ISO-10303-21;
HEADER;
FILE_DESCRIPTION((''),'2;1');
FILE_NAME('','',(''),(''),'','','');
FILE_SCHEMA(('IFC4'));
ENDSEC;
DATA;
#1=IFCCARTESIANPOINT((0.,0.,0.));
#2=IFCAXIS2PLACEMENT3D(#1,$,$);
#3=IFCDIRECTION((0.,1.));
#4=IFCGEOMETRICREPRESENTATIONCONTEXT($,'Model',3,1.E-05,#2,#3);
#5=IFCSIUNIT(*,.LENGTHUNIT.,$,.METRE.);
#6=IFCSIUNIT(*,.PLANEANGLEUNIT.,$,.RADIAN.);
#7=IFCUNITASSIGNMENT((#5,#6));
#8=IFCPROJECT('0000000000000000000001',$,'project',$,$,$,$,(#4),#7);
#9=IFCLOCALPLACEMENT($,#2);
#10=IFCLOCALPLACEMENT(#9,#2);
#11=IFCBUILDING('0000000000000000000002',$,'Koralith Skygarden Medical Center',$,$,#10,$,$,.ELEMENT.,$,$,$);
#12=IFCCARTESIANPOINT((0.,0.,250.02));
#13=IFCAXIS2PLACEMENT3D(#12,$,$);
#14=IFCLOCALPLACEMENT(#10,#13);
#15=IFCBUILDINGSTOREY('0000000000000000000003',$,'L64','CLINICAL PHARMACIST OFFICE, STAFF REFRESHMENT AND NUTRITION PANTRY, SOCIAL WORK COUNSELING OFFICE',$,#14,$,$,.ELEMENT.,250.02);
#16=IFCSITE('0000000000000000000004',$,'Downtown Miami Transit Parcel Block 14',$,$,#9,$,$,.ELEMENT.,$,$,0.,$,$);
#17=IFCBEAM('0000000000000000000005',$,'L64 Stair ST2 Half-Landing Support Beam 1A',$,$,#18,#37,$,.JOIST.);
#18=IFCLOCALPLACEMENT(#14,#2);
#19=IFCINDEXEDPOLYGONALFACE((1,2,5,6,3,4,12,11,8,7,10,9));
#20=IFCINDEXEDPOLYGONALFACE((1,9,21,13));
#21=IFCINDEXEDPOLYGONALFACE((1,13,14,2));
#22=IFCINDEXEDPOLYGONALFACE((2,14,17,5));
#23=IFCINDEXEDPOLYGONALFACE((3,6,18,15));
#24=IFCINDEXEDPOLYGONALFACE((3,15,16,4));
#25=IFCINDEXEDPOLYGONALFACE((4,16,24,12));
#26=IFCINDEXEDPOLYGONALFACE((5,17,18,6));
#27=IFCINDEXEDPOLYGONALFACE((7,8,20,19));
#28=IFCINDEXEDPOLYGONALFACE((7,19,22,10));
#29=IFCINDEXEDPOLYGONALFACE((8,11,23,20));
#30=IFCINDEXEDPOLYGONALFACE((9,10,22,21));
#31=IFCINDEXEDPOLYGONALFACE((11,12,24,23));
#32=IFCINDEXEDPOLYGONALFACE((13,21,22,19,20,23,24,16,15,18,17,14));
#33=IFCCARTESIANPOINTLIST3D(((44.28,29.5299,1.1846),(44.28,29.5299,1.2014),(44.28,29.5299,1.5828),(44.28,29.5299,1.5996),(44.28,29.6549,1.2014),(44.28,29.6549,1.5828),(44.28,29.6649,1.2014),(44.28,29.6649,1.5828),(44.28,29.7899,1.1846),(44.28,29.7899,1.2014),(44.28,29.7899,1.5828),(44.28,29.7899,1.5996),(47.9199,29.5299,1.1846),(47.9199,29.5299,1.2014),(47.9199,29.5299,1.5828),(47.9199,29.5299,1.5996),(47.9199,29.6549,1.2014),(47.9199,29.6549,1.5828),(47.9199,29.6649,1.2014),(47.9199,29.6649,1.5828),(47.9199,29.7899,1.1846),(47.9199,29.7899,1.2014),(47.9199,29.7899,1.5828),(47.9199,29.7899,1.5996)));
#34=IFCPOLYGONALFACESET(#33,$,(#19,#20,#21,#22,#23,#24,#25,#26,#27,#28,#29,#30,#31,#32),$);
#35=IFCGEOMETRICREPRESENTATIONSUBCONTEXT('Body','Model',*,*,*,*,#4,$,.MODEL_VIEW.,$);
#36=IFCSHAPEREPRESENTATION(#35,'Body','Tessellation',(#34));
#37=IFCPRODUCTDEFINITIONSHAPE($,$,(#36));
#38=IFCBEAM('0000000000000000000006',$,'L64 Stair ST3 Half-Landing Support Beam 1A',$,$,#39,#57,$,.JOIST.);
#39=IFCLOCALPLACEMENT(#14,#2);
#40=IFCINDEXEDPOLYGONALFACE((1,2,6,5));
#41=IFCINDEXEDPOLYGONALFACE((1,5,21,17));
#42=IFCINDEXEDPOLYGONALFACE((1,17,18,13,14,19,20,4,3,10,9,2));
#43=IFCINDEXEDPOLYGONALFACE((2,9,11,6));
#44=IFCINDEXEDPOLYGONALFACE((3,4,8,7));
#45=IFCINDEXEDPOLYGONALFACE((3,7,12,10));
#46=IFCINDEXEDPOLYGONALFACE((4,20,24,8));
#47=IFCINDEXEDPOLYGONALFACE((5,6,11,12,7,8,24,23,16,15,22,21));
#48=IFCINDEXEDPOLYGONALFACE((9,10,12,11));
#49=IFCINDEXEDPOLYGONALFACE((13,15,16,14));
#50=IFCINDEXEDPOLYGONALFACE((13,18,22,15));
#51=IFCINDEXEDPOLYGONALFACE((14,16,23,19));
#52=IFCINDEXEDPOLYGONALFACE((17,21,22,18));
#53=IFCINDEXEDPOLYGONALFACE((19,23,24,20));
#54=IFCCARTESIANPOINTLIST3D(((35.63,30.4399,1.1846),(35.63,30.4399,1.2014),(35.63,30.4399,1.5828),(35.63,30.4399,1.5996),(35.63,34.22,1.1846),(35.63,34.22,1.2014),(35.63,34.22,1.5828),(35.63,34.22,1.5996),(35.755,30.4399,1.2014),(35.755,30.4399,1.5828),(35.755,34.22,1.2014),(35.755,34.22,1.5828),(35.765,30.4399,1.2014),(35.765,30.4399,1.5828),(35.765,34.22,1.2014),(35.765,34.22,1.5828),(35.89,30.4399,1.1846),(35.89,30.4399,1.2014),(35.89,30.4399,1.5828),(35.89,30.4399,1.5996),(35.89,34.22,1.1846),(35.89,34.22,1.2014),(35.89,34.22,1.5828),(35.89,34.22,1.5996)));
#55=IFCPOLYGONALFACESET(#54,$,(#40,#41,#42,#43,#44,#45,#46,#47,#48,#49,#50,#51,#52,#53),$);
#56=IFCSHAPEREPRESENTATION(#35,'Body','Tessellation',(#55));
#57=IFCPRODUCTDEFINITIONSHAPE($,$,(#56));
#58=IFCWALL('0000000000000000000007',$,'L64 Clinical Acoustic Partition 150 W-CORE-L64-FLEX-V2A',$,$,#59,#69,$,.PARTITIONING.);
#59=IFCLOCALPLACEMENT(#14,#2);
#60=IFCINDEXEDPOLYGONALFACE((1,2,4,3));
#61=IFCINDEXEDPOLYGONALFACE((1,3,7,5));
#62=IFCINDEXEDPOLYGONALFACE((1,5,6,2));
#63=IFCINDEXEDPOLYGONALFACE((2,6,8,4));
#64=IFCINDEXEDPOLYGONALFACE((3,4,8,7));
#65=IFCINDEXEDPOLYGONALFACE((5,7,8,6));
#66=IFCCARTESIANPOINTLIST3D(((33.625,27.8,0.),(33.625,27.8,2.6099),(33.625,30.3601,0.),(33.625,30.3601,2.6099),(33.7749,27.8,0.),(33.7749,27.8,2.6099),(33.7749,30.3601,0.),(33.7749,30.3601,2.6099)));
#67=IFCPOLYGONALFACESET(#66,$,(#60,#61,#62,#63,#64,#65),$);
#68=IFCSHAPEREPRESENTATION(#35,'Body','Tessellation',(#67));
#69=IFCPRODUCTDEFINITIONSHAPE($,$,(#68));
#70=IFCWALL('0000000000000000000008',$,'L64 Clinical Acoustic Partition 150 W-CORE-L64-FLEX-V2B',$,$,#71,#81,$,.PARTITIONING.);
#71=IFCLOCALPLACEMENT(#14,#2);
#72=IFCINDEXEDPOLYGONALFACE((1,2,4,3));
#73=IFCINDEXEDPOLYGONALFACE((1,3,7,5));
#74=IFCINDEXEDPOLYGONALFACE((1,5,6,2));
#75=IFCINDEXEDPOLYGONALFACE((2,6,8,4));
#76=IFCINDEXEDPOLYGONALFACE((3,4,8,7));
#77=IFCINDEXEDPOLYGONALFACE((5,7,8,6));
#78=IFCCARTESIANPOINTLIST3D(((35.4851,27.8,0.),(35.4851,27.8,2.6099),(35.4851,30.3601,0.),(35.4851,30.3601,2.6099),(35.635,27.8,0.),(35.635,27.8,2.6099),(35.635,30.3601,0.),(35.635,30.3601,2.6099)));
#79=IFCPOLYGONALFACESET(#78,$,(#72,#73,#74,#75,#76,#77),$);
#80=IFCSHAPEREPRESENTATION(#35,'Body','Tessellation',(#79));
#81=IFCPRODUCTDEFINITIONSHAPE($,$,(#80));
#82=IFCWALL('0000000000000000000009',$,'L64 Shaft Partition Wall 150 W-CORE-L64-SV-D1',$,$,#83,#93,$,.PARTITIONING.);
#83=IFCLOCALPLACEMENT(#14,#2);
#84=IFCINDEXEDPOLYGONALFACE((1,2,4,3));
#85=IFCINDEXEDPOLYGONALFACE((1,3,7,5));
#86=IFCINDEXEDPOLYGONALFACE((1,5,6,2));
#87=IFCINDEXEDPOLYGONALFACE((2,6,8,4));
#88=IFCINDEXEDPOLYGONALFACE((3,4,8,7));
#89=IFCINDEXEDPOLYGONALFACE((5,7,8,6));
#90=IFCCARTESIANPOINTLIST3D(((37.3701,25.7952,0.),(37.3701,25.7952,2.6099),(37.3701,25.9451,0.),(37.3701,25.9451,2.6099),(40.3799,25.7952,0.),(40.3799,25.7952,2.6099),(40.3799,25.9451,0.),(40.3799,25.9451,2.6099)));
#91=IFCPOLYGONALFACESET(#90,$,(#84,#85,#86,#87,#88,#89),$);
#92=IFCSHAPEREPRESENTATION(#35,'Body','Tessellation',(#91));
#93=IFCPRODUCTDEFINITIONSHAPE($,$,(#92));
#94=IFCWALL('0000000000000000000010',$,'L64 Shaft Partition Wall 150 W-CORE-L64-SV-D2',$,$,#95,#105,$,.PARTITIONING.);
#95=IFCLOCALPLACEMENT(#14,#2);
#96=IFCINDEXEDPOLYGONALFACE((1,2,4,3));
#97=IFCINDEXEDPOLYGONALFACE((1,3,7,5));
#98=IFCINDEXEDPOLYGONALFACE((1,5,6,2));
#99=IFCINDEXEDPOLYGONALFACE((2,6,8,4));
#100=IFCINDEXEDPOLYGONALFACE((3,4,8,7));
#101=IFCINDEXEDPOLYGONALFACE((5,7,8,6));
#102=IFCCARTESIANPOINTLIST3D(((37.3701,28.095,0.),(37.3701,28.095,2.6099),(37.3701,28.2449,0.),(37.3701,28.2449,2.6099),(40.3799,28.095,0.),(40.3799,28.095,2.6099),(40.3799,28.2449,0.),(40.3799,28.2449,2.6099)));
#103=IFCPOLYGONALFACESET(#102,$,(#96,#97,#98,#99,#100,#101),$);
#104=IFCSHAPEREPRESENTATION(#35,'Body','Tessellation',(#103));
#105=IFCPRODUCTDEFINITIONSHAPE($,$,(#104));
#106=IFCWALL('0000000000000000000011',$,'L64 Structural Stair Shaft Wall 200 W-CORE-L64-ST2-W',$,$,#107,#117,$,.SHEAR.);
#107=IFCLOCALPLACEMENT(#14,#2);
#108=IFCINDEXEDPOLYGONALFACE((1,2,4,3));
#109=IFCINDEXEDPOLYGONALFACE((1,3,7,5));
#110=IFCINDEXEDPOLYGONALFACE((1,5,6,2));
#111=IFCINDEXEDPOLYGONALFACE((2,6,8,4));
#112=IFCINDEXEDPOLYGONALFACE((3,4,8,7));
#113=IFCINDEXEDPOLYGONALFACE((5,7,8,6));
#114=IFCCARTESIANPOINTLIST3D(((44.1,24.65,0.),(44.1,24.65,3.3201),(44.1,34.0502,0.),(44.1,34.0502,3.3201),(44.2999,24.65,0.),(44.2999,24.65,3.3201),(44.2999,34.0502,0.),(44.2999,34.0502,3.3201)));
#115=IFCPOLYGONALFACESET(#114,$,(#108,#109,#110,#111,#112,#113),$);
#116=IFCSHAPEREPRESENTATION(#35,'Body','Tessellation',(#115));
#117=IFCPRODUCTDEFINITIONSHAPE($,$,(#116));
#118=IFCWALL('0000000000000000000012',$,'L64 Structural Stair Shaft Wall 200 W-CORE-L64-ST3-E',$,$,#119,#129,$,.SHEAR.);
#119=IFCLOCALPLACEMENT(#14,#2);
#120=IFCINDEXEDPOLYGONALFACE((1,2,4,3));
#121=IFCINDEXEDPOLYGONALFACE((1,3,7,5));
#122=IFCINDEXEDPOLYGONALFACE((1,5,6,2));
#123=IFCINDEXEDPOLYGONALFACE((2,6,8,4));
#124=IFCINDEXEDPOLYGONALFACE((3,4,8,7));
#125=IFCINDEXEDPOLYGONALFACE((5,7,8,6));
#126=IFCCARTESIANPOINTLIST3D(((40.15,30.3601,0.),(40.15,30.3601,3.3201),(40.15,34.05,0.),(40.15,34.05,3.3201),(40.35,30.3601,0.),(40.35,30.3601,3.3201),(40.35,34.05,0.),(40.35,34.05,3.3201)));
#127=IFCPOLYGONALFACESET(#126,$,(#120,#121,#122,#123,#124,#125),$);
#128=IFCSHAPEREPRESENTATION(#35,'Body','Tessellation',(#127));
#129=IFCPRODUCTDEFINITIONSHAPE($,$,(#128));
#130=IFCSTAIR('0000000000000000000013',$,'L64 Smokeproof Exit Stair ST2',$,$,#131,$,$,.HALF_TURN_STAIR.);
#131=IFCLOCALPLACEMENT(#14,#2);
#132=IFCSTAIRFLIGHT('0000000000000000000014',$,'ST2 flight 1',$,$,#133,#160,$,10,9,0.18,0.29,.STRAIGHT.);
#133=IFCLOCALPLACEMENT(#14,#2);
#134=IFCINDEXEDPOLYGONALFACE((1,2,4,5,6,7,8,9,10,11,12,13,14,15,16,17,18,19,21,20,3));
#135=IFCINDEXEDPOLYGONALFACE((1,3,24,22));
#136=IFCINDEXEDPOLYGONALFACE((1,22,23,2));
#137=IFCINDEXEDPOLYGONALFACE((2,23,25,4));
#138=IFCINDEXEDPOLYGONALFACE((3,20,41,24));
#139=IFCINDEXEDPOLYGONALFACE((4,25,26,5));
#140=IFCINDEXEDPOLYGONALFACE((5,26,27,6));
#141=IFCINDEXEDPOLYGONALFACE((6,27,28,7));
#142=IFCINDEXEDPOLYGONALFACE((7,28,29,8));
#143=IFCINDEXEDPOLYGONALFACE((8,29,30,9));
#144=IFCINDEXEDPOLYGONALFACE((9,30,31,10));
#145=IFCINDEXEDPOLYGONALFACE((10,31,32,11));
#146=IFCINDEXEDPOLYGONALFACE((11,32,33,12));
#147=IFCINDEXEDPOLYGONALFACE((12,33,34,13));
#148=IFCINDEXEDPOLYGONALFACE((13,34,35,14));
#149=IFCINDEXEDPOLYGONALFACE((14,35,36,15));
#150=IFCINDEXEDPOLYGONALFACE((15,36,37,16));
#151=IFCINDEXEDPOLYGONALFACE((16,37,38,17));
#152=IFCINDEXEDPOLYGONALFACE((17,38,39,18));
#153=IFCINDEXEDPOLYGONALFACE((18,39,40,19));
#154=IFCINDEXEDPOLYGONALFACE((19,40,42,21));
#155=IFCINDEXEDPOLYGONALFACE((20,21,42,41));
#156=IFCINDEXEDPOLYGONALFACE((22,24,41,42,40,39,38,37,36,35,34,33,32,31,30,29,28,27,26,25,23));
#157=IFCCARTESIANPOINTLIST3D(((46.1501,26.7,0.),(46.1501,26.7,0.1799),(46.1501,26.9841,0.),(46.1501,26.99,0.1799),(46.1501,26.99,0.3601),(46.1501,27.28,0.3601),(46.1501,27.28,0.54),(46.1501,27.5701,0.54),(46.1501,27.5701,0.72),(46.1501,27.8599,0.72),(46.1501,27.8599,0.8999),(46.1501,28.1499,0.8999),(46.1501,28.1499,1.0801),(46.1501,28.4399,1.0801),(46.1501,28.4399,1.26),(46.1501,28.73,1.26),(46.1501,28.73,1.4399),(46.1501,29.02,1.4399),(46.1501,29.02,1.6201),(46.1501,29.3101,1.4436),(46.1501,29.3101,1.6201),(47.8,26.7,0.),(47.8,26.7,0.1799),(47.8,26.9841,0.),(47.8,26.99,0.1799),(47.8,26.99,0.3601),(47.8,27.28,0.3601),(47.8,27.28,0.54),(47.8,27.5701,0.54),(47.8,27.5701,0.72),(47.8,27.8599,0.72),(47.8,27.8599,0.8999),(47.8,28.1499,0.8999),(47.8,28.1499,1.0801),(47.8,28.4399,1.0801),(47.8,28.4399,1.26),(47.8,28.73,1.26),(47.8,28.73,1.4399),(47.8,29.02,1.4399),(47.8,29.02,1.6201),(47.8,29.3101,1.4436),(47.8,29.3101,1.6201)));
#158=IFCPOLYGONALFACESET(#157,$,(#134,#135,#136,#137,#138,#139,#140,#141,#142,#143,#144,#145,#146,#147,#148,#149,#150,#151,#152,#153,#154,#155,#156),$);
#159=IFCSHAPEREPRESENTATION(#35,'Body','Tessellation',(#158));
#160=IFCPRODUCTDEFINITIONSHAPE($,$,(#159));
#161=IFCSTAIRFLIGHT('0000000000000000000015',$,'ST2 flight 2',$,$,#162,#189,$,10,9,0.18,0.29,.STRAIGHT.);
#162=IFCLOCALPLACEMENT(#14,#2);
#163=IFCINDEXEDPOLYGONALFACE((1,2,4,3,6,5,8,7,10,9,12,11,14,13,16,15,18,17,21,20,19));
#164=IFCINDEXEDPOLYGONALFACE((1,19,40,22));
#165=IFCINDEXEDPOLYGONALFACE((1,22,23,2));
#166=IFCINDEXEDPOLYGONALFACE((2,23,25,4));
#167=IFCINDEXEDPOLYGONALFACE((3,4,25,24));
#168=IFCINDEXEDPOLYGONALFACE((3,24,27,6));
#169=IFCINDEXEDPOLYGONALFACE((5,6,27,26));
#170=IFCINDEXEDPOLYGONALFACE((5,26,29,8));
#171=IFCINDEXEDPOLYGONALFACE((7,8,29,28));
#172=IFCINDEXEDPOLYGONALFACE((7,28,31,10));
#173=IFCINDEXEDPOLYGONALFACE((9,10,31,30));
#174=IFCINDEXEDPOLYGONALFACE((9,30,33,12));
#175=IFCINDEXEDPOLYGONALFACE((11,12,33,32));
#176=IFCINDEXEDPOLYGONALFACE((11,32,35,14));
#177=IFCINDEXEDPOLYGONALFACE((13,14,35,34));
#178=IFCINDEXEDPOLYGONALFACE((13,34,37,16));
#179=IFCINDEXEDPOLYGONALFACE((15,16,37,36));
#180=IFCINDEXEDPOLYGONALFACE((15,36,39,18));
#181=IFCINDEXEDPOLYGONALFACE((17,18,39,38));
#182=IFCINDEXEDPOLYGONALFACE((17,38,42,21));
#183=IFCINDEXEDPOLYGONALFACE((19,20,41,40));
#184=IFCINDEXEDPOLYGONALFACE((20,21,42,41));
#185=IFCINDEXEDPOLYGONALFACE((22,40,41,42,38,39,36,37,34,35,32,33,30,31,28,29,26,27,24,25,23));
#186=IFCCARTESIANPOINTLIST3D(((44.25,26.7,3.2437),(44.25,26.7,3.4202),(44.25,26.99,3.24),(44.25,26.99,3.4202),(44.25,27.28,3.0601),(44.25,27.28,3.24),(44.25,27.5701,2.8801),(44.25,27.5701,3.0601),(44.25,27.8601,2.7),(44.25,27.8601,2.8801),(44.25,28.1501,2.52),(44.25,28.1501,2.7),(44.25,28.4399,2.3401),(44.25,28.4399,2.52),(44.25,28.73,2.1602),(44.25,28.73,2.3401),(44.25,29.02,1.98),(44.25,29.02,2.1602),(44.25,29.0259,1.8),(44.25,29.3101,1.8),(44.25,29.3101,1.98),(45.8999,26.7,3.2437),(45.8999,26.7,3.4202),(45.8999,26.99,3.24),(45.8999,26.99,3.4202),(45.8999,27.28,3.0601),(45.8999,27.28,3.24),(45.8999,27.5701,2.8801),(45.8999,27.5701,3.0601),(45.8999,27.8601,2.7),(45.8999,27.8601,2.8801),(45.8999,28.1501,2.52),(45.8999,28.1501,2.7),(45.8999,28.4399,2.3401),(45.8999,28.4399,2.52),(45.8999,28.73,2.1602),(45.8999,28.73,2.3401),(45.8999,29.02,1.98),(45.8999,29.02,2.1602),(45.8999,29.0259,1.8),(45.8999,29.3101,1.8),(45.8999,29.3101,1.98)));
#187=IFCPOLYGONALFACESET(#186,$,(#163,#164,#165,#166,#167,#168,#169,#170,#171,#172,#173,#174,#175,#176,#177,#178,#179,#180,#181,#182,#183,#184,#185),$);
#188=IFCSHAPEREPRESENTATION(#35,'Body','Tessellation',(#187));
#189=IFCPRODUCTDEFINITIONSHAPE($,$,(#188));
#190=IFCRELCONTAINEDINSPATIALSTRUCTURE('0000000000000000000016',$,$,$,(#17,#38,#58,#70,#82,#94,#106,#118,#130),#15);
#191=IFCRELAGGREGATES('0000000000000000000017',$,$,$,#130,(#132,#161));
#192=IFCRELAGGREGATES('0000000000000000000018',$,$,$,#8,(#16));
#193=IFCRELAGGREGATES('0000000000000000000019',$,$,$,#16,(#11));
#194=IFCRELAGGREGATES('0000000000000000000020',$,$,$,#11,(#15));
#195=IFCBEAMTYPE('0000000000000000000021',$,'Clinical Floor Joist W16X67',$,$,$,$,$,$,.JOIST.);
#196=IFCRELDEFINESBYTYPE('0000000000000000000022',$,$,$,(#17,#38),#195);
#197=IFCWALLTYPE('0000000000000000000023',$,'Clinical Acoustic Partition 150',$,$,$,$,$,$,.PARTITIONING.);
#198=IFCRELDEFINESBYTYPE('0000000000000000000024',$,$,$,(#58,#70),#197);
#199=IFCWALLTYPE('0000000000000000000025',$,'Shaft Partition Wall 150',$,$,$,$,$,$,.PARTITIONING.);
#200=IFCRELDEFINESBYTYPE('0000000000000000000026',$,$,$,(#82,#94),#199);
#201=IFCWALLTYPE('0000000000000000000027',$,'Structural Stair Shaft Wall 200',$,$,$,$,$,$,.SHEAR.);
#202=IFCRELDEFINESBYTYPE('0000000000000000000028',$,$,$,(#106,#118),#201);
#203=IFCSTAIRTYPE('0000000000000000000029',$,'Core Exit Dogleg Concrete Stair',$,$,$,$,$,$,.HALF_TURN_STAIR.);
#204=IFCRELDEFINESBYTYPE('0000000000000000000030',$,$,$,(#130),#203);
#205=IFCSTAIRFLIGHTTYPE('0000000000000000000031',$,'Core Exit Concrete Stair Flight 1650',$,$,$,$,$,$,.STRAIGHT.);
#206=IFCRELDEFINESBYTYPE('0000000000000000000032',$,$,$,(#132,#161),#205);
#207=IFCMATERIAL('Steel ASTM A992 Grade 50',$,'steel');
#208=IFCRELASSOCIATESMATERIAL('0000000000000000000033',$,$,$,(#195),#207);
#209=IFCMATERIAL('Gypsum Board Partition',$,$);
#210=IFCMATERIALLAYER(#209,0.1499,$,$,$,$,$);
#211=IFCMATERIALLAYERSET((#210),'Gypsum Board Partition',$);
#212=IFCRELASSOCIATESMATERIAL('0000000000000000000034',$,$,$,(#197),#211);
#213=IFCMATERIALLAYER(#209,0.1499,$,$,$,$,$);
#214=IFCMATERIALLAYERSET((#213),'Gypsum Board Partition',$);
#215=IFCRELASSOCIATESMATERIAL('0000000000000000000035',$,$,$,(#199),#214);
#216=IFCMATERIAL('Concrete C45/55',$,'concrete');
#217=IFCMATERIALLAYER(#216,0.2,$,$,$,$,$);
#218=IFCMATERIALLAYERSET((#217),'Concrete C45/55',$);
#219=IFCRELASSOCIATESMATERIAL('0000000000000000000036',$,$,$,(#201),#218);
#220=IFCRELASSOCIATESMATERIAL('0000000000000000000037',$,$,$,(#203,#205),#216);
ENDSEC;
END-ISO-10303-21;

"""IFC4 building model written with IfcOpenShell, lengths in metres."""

from ifc_helpers import new_model, si_unit, direction, frame, frame_2d, origin, origin_2d, place, context, subcontext, project, spatial, polyline, rectangle, i_section, outline, extrude, material, layer, layer_set, material_profile, profile_set, type_object, element, aggregate, save


model = new_model("IFC4")

# Units and contexts
model_context = context("Model", 3, precision=1e-05, world=origin(), true_north=direction((0.0, 1.0)))
body_context = subcontext(model_context, "Body", "Model", "MODEL_VIEW")
ifc_project = project(units=[si_unit("LENGTHUNIT", "METRE"), si_unit("PLANEANGLEUNIT", "RADIAN")], contexts=[model_context])

# Site, building, storey
site_placement = place(None, origin())
site = spatial("IfcSite", under=ifc_project, at=site_placement, Name="Downtown Miami Transit Parcel Block 14", CompositionType="ELEMENT", RefElevation=0.0)
building_placement = place(site_placement, origin())
building = spatial("IfcBuilding", under=site, at=building_placement, Name="Koralith Skygarden Medical Center", CompositionType="ELEMENT")
storey_placement = place(building_placement, frame((0.0, 0.0, 250.02)))
storey = spatial("IfcBuildingStorey", under=building, at=storey_placement, Name="L64", Description="CLINICAL PHARMACIST OFFICE, STAFF REFRESHMENT AND NUTRITION PANTRY, SOCIAL WORK COUNSELING OFFICE", CompositionType="ELEMENT", Elevation=250.02)

# Beams
ifc_material_1 = material(Name="Steel ASTM A992 Grade 50", Category="steel")
ifc_material_profile = material_profile(ifc_material_1, i_section(OverallWidth=0.26, OverallDepth=0.415, WebThickness=0.01, FlangeThickness=0.0168, at=origin_2d()), Name="W16X67")
ifc_profile_set = profile_set([ifc_material_profile], Name="Steel ASTM A992 Grade 50")
beam_type = type_object("IfcBeamType", Name="Clinical Floor Joist W16X67", PredefinedType="JOIST", material=ifc_profile_set)
beam_1_placement = place(storey_placement, frame((44.28, 29.6599, 1.3921), z_axis=(1.0, 0.0, 0.0), x_axis=(0.0, 1.0, 0.0)))
element("IfcBeam", 1, at=beam_1_placement, inside=storey, type_object=beam_type, Name="L64 Stair ST2 Half-Landing Support Beam 1A", PredefinedType="JOIST", context=body_context, shape_type="SweptSolid", body=[
    extrude(i_section(OverallWidth=0.26, OverallDepth=0.415, WebThickness=0.01, FlangeThickness=0.0168, at=origin_2d()), origin(), (0.0, 0.0, 1.0), 3.6399),
])
beam_2_placement = place(storey_placement, frame((35.76, 30.4399, 1.3921), z_axis=(0.0, 1.0, 0.0), x_axis=(-1.0, 0.0, 0.0)))
element("IfcBeam", 2, at=beam_2_placement, inside=storey, type_object=beam_type, Name="L64 Stair ST3 Half-Landing Support Beam 1A", PredefinedType="JOIST", context=body_context, shape_type="SweptSolid", body=[
    extrude(i_section(OverallWidth=0.26, OverallDepth=0.415, WebThickness=0.01, FlangeThickness=0.0168, at=origin_2d()), origin(), (0.0, 0.0, 1.0), 3.78),
])

# Walls
ifc_material_2 = material(Name="Gypsum Board Partition")
ifc_layer_1 = layer(ifc_material_2, 0.1499)
ifc_layer_set_1 = layer_set([ifc_layer_1], Name="Gypsum Board Partition")
wall_type_1 = type_object("IfcWallType", Name="Clinical Acoustic Partition 150", PredefinedType="PARTITIONING", material=ifc_layer_set_1)
for number, where, z_axis, x_axis, name in (
    (3, (33.7, 27.8, 0.0), (0.0, 0.0, 1.0), (0.0, 1.0, 0.0), "L64 Clinical Acoustic Partition 150 W-CORE-L64-FLEX-V2A"),
    (4, (35.5601, 27.8, 0.0), (0.0, 0.0, 1.0), (0.0, 1.0, 0.0), "L64 Clinical Acoustic Partition 150 W-CORE-L64-FLEX-V2B"),
):
    element("IfcWall", number, at=place(storey_placement, frame(where, z_axis=z_axis, x_axis=x_axis)), inside=storey, type_object=wall_type_1, Name=name, PredefinedType="PARTITIONING", context=body_context, shape_type="SweptSolid", body=[
        extrude(rectangle(XDim=2.5601, YDim=0.1499, at=frame_2d((1.28, 0.0))), origin(), (0.0, 0.0, 1.0), 2.6099),
    ])
ifc_layer_2 = layer(ifc_material_2, 0.1499)
ifc_layer_set_2 = layer_set([ifc_layer_2], Name="Gypsum Board Partition")
wall_type_2 = type_object("IfcWallType", Name="Shaft Partition Wall 150", PredefinedType="PARTITIONING", material=ifc_layer_set_2)
for number, where, z_axis, x_axis, name in (
    (5, (37.3701, 25.8701, 0.0), (0.0, 0.0, 1.0), (1.0, 0.0, 0.0), "L64 Shaft Partition Wall 150 W-CORE-L64-SV-D1"),
    (6, (37.3701, 28.1699, 0.0), (0.0, 0.0, 1.0), (1.0, 0.0, 0.0), "L64 Shaft Partition Wall 150 W-CORE-L64-SV-D2"),
):
    element("IfcWall", number, at=place(storey_placement, frame(where, z_axis=z_axis, x_axis=x_axis)), inside=storey, type_object=wall_type_2, Name=name, PredefinedType="PARTITIONING", context=body_context, shape_type="SweptSolid", body=[
        extrude(rectangle(XDim=3.0098, YDim=0.1499, at=frame_2d((1.5049, 0.0))), origin(), (0.0, 0.0, 1.0), 2.6099),
    ])
ifc_material_3 = material(Name="Concrete C45/55", Category="concrete")
ifc_layer_3 = layer(ifc_material_3, 0.2)
ifc_layer_set_3 = layer_set([ifc_layer_3], Name="Concrete C45/55")
wall_type_3 = type_object("IfcWallType", Name="Structural Stair Shaft Wall 200", PredefinedType="SHEAR", material=ifc_layer_set_3)
wall_1_placement = place(storey_placement, frame((44.2, 24.6499, 0.0), z_axis=(0.0, 0.0, 1.0), x_axis=(0.0, 1.0, 0.0)))
element("IfcWall", 7, at=wall_1_placement, inside=storey, type_object=wall_type_3, Name="L64 Structural Stair Shaft Wall 200 W-CORE-L64-ST2-W", PredefinedType="SHEAR", context=body_context, shape_type="SweptSolid", body=[
    extrude(rectangle(XDim=9.4001, YDim=0.2, at=frame_2d((4.7002, 0.0))), origin(), (0.0, 0.0, 1.0), 3.3201),
])

# Wall
wall_2_placement = place(storey_placement, frame((40.25, 30.3601, 0.0), z_axis=(0.0, 0.0, 1.0), x_axis=(0.0, 1.0, 0.0)))
element("IfcWall", 8, at=wall_2_placement, inside=storey, type_object=wall_type_3, Name="L64 Structural Stair Shaft Wall 200 W-CORE-L64-ST3-E", PredefinedType="SHEAR", context=body_context, shape_type="SweptSolid", body=[
    extrude(rectangle(XDim=3.6899, YDim=0.2, at=frame_2d((1.845, 0.0))), origin(), (0.0, 0.0, 1.0), 3.3201),
])

# Stair, stair flights
stair_type = type_object("IfcStairType", Name="Core Exit Dogleg Concrete Stair", PredefinedType="HALF_TURN_STAIR", material=ifc_material_3)
stair_placement = place(storey_placement, origin())
stair = element("IfcStair", 9, at=stair_placement, inside=storey, type_object=stair_type, Name="L64 Smokeproof Exit Stair ST2", PredefinedType="HALF_TURN_STAIR")
stair_flight_type = type_object("IfcStairFlightType", Name="Core Exit Concrete Stair Flight 1650", PredefinedType="STRAIGHT", material=ifc_material_3)
stair_flight_1_placement = place(storey_placement, frame((46.9751, 26.7, 0.0), z_axis=(0.0, 0.0, 1.0), x_axis=(0.0, 1.0, 0.0)))
stair_flight_1 = element("IfcStairFlight", 10, at=stair_flight_1_placement, type_object=stair_flight_type, Name="ST2 flight 1", NumberOfRisers=10, NumberOfTreads=9, PredefinedType="STRAIGHT", RiserHeight=0.18, TreadLength=0.29, context=body_context, shape_type="SweptSolid", body=[
    extrude(outline(polyline([(0.0, 0.0), (0.0, 0.1799), (0.29, 0.1799), (0.29, 0.3601), (0.5801, 0.3601), (0.5801, 0.54), (0.8701, 0.54), (0.8701, 0.72), (1.1599, 0.72), (1.1599, 0.8999), (1.45, 0.8999), (1.45, 1.0801), (1.74, 1.0801), (1.74, 1.26), (2.03, 1.26), (2.03, 1.4399), (2.3201, 1.4399), (2.3201, 1.6201), (2.6101, 1.6201), (2.6101, 1.8), (2.6101, 1.4436), (0.2842, 0.0), (0.0, 0.0)])), frame((0.0, 0.825, 0.0), z_axis=(0.0, -1.0, 0.0), x_axis=(1.0, 0.0, 0.0)), (0.0, 0.0, 1.0), 1.6499),
])
stair_flight_2_placement = place(storey_placement, frame((45.075, 29.3101, 1.8), z_axis=(0.0, 0.0, 1.0), x_axis=(0.0, -1.0, 0.0)))
stair_flight_2 = element("IfcStairFlight", 11, at=stair_flight_2_placement, type_object=stair_flight_type, Name="ST2 flight 2", NumberOfRisers=10, NumberOfTreads=9, PredefinedType="STRAIGHT", RiserHeight=0.18, TreadLength=0.29, context=body_context, shape_type="SweptSolid", body=[
    extrude(outline(polyline([(0.0, 0.0), (0.0, 0.1799), (0.29, 0.1799), (0.29, 0.3601), (0.5801, 0.3601), (0.5801, 0.54), (0.8701, 0.54), (0.8701, 0.72), (1.1599, 0.72), (1.1599, 0.8999), (1.45, 0.8999), (1.45, 1.0801), (1.74, 1.0801), (1.74, 1.26), (2.03, 1.26), (2.03, 1.4399), (2.3201, 1.4399), (2.3201, 1.6201), (2.6101, 1.6201), (2.6101, 1.8), (2.6101, 1.4436), (0.2842, 0.0), (0.0, 0.0)])), frame((0.0, 0.825, 0.0), z_axis=(0.0, -1.0, 0.0), x_axis=(1.0, 0.0, 0.0)), (0.0, 0.0, 1.0), 1.6499),
])
aggregate(stair, [stair_flight_1, stair_flight_2])

save(model, "model.ifc")
